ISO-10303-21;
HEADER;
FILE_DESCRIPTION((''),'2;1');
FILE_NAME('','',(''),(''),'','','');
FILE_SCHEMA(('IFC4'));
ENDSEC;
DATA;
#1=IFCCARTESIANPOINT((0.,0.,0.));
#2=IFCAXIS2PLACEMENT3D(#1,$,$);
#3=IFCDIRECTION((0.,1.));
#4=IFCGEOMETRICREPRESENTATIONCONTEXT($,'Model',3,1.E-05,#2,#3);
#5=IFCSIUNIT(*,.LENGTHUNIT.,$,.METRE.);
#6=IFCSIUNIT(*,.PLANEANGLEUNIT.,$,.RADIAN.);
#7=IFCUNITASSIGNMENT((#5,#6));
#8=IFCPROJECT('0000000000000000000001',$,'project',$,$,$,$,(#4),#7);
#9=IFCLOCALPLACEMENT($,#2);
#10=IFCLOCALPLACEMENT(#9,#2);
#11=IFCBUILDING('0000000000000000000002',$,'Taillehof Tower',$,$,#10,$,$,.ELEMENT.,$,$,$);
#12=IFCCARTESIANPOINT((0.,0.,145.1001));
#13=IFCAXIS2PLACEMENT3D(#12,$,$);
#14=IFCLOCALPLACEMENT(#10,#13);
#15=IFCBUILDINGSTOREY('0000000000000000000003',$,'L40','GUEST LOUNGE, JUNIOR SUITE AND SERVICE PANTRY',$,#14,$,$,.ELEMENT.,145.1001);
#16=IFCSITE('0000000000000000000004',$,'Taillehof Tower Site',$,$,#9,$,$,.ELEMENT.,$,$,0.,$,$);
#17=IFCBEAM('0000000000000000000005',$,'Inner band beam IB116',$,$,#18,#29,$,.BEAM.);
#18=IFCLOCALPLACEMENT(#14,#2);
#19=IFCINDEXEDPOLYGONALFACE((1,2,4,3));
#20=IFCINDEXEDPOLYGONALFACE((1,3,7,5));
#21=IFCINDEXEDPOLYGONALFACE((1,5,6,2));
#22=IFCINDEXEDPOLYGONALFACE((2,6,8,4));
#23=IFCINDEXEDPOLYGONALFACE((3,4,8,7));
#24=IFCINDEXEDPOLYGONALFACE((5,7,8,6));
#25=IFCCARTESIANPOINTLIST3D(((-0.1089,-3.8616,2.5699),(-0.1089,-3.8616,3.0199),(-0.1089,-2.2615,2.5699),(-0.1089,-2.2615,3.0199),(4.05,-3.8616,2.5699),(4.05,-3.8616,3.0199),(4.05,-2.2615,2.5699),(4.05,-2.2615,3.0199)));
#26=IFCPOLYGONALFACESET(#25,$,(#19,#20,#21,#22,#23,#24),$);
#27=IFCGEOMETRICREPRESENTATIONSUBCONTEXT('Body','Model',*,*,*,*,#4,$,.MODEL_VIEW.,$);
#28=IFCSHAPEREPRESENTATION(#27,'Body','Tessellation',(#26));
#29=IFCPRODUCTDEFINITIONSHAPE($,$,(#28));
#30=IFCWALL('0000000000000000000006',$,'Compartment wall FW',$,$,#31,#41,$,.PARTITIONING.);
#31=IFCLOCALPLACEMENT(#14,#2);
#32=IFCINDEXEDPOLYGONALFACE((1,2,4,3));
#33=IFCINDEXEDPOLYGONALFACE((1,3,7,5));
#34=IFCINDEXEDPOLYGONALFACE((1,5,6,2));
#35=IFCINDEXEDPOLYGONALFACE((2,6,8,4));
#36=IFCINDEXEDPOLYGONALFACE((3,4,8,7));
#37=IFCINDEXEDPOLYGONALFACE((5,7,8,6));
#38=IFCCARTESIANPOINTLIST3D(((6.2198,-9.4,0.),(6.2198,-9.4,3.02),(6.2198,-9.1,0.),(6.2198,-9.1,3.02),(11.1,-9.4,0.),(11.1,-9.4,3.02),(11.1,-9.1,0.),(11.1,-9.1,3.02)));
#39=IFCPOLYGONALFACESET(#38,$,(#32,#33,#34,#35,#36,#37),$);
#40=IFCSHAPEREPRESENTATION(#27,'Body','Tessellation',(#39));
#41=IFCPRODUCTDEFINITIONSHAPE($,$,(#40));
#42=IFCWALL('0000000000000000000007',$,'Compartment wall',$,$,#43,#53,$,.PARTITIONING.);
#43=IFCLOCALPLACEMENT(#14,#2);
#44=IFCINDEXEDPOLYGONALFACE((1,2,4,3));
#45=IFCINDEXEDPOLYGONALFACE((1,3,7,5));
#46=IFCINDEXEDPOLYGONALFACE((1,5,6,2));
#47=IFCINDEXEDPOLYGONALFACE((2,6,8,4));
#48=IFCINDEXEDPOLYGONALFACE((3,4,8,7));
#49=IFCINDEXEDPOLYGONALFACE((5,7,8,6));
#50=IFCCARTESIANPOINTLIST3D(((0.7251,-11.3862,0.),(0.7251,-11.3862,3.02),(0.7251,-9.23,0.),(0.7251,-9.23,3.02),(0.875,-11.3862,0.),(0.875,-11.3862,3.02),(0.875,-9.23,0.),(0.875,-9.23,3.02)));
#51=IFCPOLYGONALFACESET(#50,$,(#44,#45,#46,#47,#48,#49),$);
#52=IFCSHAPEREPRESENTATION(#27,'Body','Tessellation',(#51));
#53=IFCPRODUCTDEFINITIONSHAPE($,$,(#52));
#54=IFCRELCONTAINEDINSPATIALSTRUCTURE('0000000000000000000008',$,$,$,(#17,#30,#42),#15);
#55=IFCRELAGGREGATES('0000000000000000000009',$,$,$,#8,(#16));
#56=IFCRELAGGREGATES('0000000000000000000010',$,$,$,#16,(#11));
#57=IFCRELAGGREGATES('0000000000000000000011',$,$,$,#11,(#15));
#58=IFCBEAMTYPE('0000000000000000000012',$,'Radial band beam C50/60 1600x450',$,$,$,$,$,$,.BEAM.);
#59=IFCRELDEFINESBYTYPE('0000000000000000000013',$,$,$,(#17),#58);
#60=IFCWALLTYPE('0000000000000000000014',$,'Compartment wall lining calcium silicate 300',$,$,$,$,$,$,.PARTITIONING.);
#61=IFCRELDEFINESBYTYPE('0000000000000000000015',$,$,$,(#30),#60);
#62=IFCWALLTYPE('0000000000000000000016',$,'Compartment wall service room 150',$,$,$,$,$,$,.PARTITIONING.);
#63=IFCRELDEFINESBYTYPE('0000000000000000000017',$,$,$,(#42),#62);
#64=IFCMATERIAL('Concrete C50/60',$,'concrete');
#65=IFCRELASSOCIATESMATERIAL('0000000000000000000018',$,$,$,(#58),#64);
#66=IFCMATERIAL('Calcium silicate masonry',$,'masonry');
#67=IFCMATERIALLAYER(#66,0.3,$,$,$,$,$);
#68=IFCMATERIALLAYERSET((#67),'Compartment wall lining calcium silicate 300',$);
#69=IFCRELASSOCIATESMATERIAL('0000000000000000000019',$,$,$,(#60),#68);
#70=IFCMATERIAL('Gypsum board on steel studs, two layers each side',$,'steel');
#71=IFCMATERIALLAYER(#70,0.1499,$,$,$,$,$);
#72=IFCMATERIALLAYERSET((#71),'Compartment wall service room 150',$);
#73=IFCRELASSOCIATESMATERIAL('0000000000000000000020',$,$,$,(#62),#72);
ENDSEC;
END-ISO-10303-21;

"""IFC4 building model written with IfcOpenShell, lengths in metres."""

from ifc_helpers import new_model, si_unit, direction, frame, frame_2d, origin, origin_2d, place, context, subcontext, project, spatial, rectangle, extrude, material, layer, layer_set, material_profile, profile_set, type_object, element, save


model = new_model("IFC4")

# Units and contexts
model_context = context("Model", 3, precision=1e-05, world=origin(), true_north=direction((0.0, 1.0)))
body_context = subcontext(model_context, "Body", "Model", "MODEL_VIEW")
ifc_project = project(units=[si_unit("LENGTHUNIT", "METRE"), si_unit("PLANEANGLEUNIT", "RADIAN")], contexts=[model_context])

# Site, building, storey
site_placement = place(None, origin())
site = spatial("IfcSite", under=ifc_project, at=site_placement, Name="Taillehof Tower Site", CompositionType="ELEMENT", RefElevation=0.0)
building_placement = place(site_placement, origin())
building = spatial("IfcBuilding", under=site, at=building_placement, Name="Taillehof Tower", CompositionType="ELEMENT")
storey_placement = place(building_placement, frame((0.0, 0.0, 145.1001)))
storey = spatial("IfcBuildingStorey", under=building, at=storey_placement, Name="L40", Description="GUEST LOUNGE, JUNIOR SUITE AND SERVICE PANTRY", CompositionType="ELEMENT", Elevation=145.1001)

# Beam
ifc_material_1 = material(Name="Concrete C50/60", Category="concrete")
ifc_material_profile = material_profile(ifc_material_1, rectangle(XDim=1.6001, YDim=0.45, at=origin_2d()), Name="RC 1600x450")
ifc_profile_set = profile_set([ifc_material_profile], Name="Concrete C50/60")
beam_type = type_object("IfcBeamType", Name="Radial band beam C50/60 1600x450", PredefinedType="BEAM", material=ifc_profile_set)
beam_placement = place(storey_placement, frame((-0.1089, -3.0615, 2.7949), z_axis=(1.0, 0.0, 0.0), x_axis=(0.0, 1.0, 0.0)))
element("IfcBeam", 1, at=beam_placement, inside=storey, type_object=beam_type, Name="Inner band beam IB116", PredefinedType="BEAM", context=body_context, shape_type="SweptSolid", body=[
    extrude(rectangle(XDim=1.6001, YDim=0.45, at=origin_2d()), origin(), (0.0, 0.0, 1.0), 4.1589),
])

# Walls
ifc_material_2 = material(Name="Calcium silicate masonry", Category="masonry")
ifc_layer_1 = layer(ifc_material_2, 0.3)
ifc_layer_set_1 = layer_set([ifc_layer_1], Name="Compartment wall lining calcium silicate 300")
wall_type_1 = type_object("IfcWallType", Name="Compartment wall lining calcium silicate 300", PredefinedType="PARTITIONING", material=ifc_layer_set_1)
wall_1_placement = place(storey_placement, frame((6.22, -9.25, 0.0), z_axis=(0.0, 0.0, 1.0), x_axis=(1.0, 0.0, 0.0)))
element("IfcWall", 2, at=wall_1_placement, inside=storey, type_object=wall_type_1, Name="Compartment wall FW", PredefinedType="PARTITIONING", context=body_context, shape_type="SweptSolid", body=[
    extrude(rectangle(XDim=4.8801, YDim=0.3, at=frame_2d((2.4399, 0.0))), origin(), (0.0, 0.0, 1.0), 3.02),
])
ifc_material_3 = material(Name="Gypsum board on steel studs, two layers each side", Category="steel")
ifc_layer_2 = layer(ifc_material_3, 0.1499)
ifc_layer_set_2 = layer_set([ifc_layer_2], Name="Compartment wall service room 150")
wall_type_2 = type_object("IfcWallType", Name="Compartment wall service room 150", PredefinedType="PARTITIONING", material=ifc_layer_set_2)
wall_2_placement = place(storey_placement, frame((0.8, -9.23, 0.0), z_axis=(0.0, 0.0, 1.0), x_axis=(0.0, -1.0, 0.0)))
element("IfcWall", 3, at=wall_2_placement, inside=storey, type_object=wall_type_2, Name="Compartment wall", PredefinedType="PARTITIONING", context=body_context, shape_type="SweptSolid", body=[
    extrude(rectangle(XDim=2.1562, YDim=0.1499, at=frame_2d((1.0781, 0.0))), origin(), (0.0, 0.0, 1.0), 3.02),
])

save(model, "model.ifc")
